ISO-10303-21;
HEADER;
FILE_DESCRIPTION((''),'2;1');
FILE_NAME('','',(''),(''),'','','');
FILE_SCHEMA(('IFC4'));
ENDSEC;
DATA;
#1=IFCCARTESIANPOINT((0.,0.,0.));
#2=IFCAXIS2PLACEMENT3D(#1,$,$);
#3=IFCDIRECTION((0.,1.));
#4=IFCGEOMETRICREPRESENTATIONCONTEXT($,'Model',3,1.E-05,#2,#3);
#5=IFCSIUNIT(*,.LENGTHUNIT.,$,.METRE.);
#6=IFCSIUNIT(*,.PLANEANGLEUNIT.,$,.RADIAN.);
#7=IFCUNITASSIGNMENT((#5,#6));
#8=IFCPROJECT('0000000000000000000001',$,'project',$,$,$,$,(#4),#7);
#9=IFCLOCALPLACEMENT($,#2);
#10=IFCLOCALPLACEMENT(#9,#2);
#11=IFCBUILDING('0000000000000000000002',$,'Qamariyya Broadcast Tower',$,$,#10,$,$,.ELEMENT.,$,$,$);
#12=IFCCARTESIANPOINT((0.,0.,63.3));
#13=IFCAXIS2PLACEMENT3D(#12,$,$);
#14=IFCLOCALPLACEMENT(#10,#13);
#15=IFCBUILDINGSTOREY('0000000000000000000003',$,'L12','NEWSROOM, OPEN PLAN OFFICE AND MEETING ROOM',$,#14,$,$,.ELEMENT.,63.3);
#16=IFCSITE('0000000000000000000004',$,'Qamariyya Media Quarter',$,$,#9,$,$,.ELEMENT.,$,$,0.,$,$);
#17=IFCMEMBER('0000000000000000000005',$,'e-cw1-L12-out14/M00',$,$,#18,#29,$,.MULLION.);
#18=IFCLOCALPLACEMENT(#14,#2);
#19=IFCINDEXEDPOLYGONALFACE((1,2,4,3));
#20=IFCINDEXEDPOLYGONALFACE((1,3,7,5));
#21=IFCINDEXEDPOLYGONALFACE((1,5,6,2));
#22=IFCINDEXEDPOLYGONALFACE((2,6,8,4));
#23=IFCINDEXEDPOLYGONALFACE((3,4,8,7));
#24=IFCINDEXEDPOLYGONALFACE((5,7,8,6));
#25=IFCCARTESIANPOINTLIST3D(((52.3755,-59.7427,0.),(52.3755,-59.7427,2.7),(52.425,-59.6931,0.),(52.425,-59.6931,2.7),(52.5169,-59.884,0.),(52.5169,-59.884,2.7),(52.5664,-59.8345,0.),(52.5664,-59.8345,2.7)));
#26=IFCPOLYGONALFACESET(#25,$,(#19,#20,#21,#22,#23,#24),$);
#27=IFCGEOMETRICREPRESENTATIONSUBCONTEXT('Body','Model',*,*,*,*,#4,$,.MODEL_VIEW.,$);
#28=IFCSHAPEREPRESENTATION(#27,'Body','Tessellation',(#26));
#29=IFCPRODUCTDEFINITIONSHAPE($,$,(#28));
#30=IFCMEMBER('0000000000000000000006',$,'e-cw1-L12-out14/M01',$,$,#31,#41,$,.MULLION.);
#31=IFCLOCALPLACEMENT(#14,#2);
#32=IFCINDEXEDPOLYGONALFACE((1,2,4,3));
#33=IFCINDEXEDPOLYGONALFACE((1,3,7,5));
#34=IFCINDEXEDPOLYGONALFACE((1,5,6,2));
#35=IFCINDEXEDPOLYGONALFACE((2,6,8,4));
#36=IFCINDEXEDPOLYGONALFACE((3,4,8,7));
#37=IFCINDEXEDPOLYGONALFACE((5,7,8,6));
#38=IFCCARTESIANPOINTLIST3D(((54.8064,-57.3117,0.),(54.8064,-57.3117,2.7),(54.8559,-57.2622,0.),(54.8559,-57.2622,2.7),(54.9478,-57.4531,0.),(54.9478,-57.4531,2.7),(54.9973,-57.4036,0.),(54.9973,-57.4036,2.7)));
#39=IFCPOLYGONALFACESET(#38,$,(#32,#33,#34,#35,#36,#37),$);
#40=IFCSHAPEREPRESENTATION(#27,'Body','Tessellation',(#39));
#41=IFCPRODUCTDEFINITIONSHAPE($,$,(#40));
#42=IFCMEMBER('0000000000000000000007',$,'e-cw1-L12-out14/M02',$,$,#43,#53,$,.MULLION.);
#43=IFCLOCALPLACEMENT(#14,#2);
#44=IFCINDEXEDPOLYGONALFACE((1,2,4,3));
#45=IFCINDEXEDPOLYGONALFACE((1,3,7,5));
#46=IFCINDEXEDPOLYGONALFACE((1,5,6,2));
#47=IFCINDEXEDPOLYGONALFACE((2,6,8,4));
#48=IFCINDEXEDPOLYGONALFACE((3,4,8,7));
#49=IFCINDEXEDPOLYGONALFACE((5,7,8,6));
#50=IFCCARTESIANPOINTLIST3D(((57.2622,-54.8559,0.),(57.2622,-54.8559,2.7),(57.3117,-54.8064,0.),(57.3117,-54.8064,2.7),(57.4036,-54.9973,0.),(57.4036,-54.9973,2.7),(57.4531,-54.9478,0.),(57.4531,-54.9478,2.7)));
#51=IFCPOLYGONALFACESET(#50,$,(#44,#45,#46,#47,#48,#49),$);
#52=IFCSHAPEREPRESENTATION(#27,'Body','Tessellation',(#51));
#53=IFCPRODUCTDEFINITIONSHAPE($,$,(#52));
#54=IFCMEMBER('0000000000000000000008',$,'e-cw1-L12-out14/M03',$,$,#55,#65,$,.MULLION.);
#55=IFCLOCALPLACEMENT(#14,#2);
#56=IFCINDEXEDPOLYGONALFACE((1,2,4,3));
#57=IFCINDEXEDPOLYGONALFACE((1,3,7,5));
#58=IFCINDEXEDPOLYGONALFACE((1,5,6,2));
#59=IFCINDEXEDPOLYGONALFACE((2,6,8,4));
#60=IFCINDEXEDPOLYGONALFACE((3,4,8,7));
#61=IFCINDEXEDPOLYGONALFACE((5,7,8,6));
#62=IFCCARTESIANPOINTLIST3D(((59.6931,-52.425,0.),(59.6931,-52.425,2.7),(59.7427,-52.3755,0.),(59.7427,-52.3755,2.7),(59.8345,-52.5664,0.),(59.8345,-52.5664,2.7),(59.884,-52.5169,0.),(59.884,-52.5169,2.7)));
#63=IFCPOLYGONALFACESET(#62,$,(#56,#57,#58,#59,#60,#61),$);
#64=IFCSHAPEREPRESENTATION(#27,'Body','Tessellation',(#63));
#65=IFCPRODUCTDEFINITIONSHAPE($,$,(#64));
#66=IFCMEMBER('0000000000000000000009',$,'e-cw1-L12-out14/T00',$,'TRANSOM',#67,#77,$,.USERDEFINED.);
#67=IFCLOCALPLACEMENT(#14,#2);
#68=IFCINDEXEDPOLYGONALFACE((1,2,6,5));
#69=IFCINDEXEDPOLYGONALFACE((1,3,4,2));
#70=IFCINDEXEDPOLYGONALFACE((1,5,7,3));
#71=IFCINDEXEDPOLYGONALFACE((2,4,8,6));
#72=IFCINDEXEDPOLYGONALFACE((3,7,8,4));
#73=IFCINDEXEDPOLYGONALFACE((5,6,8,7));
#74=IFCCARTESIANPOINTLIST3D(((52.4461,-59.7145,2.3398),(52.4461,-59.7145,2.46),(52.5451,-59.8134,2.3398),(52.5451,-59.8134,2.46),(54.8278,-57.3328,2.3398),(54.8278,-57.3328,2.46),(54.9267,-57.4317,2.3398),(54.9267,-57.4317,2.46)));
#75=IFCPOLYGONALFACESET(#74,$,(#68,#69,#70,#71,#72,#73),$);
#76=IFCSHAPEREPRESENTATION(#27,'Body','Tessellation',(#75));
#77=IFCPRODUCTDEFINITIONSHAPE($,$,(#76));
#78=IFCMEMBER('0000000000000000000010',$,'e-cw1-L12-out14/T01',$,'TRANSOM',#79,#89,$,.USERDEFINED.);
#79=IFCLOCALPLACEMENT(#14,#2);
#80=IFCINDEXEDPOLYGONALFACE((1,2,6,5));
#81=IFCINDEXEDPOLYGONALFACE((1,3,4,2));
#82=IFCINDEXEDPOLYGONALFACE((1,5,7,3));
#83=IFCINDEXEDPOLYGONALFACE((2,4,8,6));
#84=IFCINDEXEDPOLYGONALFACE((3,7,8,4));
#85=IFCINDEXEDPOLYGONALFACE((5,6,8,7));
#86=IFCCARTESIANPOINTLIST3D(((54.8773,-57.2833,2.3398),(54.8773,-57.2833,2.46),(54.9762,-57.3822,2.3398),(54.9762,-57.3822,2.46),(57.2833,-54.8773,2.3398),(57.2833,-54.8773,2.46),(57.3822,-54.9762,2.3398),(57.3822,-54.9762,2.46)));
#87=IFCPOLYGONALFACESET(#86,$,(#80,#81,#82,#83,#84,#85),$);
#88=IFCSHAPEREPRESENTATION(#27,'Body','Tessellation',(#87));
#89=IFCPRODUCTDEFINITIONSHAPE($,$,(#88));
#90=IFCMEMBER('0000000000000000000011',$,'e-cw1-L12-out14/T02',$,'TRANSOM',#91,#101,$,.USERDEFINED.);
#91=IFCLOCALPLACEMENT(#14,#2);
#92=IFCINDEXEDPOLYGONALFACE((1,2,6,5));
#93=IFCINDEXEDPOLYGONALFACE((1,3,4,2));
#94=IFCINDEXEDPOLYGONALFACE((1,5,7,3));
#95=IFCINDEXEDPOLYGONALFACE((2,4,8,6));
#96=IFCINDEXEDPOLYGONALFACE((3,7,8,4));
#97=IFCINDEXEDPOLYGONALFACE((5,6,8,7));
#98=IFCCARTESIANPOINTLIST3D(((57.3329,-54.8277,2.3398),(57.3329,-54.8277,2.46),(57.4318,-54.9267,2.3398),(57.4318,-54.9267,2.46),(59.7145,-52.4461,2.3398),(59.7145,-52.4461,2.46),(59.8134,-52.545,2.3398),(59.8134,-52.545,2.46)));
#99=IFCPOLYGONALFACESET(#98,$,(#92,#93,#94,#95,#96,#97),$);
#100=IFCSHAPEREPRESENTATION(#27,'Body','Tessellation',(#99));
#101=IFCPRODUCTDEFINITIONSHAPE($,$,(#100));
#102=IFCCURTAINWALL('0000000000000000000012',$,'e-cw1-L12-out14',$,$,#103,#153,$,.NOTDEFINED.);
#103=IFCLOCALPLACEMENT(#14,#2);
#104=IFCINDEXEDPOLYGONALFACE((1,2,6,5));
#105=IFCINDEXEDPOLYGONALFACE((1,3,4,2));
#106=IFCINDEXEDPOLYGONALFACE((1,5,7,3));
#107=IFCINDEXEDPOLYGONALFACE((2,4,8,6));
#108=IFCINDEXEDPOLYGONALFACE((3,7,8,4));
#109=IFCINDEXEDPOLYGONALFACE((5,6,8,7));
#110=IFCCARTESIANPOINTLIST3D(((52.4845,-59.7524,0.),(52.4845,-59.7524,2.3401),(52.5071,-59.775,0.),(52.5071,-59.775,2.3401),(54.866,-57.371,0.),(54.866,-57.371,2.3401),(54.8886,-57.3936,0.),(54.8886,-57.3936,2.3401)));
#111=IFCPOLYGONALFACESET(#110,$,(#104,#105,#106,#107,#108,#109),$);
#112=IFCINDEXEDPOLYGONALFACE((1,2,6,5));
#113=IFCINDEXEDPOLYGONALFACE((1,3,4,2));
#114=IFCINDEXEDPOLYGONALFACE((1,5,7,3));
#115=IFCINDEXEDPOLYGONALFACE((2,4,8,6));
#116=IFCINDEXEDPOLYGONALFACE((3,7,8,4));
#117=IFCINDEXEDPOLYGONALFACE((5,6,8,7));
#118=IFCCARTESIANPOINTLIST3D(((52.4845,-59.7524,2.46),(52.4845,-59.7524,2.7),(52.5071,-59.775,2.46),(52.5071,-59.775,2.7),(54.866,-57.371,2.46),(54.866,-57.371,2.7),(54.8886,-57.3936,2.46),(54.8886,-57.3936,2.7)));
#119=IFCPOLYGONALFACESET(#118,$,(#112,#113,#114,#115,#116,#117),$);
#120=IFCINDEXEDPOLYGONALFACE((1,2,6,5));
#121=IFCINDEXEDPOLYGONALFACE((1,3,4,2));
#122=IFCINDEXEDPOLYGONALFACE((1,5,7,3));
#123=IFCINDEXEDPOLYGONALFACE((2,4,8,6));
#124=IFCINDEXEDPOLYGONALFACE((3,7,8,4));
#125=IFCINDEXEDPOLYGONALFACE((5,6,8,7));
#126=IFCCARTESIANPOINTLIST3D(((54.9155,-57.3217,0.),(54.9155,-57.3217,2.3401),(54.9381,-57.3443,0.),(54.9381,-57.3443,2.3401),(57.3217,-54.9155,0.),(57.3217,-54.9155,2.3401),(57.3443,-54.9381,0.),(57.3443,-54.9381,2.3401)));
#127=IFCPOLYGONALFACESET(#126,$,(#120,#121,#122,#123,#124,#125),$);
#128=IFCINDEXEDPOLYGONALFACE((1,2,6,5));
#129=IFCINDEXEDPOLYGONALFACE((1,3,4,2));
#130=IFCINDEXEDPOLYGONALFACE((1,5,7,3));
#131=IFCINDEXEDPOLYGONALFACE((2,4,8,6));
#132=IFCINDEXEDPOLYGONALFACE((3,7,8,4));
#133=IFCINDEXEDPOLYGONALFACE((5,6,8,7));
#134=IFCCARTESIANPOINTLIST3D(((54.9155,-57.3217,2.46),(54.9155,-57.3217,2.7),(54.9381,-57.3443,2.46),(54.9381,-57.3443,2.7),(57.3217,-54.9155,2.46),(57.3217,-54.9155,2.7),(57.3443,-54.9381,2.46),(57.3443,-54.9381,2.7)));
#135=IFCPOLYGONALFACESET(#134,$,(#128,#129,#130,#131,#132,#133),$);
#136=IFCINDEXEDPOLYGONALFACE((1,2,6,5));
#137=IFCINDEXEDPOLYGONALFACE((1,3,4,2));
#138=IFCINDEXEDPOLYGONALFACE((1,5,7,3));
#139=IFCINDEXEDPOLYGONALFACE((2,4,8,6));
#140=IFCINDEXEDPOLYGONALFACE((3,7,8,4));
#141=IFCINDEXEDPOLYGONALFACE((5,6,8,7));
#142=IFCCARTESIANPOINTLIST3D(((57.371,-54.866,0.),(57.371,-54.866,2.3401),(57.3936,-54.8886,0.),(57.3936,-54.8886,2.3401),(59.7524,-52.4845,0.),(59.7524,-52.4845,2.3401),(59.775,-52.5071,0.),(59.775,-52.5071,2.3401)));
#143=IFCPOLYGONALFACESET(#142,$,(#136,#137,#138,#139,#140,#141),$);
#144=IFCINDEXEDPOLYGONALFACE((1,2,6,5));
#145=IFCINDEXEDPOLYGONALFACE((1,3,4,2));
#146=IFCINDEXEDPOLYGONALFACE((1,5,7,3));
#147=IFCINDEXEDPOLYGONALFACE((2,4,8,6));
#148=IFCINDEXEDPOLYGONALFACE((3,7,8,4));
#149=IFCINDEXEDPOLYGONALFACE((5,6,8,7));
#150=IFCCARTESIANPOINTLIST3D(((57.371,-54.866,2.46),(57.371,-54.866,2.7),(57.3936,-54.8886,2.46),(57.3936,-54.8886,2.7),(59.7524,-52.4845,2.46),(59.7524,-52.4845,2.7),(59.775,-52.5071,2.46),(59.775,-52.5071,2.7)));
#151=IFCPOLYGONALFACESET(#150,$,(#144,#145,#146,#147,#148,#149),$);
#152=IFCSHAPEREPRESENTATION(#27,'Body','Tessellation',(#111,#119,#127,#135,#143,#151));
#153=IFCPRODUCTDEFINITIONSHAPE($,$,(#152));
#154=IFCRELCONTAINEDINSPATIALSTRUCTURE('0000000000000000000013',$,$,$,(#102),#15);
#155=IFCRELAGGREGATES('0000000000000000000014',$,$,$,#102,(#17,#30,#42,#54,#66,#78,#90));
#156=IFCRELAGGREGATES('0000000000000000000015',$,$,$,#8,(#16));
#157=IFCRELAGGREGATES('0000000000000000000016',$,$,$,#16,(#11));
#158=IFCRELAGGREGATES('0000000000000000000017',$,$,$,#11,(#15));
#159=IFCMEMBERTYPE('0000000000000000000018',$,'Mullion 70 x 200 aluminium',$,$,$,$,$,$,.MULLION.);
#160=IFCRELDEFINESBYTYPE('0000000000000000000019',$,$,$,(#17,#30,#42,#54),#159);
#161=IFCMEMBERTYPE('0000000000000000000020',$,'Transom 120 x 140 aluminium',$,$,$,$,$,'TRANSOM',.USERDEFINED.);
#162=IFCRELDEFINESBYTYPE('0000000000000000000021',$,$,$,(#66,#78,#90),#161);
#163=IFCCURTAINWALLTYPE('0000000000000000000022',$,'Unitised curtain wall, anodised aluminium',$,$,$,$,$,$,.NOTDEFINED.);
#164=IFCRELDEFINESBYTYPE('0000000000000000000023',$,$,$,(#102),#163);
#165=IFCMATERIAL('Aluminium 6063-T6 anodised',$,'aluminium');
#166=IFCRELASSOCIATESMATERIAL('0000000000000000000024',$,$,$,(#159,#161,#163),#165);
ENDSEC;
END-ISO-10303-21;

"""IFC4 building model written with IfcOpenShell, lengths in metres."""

from ifc_helpers import new_model, si_unit, direction, frame, origin, origin_2d, place, context, subcontext, project, spatial, rectangle, extrude, material, material_profile, profile_set, type_object, element, aggregate, save


model = new_model("IFC4")

# Units and contexts
model_context = context("Model", 3, precision=1e-05, world=origin(), true_north=direction((0.0, 1.0)))
body_context = subcontext(model_context, "Body", "Model", "MODEL_VIEW")
ifc_project = project(units=[si_unit("LENGTHUNIT", "METRE"), si_unit("PLANEANGLEUNIT", "RADIAN")], contexts=[model_context])

# Members
ifc_material = material(Name="Aluminium 6063-T6 anodised", Category="aluminium")
ifc_material_profile_1 = material_profile(ifc_material, rectangle(XDim=0.2, YDim=0.0701, at=origin_2d()))
ifc_profile_set_1 = profile_set([ifc_material_profile_1], Name="Aluminium 6063-T6 anodised")
member_type_1 = type_object("IfcMemberType", Name="Mullion 70 x 200 aluminium", PredefinedType="MULLION", material=ifc_profile_set_1)
site_placement = place(None, origin())
building_placement = place(site_placement, origin())
storey_placement = place(building_placement, frame((0.0, 0.0, 63.3)))
member_1_placement = place(storey_placement, frame((52.4709, -59.7886, 0.0), z_axis=(0.0, 0.0, 1.0), x_axis=(-0.707107, 0.707107, 0.0)))
member_1 = element("IfcMember", 1, at=member_1_placement, type_object=member_type_1, Name="e-cw1-L12-out14/M00", PredefinedType="MULLION", context=body_context, shape_type="SweptSolid", body=[
    extrude(rectangle(XDim=0.2, YDim=0.0701, at=origin_2d()), origin(), (0.0, 0.0, 1.0), 2.7),
])
member_2_placement = place(storey_placement, frame((54.9019, -57.3577, 0.0), z_axis=(0.0, 0.0, 1.0), x_axis=(-0.707107, 0.707107, 0.0)))
member_2 = element("IfcMember", 2, at=member_2_placement, type_object=member_type_1, Name="e-cw1-L12-out14/M01", PredefinedType="MULLION", context=body_context, shape_type="SweptSolid", body=[
    extrude(rectangle(XDim=0.2, YDim=0.0701, at=origin_2d()), origin(), (0.0, 0.0, 1.0), 2.7),
])
member_3_placement = place(storey_placement, frame((57.3577, -54.9019, 0.0), z_axis=(0.0, 0.0, 1.0), x_axis=(-0.707107, 0.707107, 0.0)))
member_3 = element("IfcMember", 3, at=member_3_placement, type_object=member_type_1, Name="e-cw1-L12-out14/M02", PredefinedType="MULLION", context=body_context, shape_type="SweptSolid", body=[
    extrude(rectangle(XDim=0.2, YDim=0.0701, at=origin_2d()), origin(), (0.0, 0.0, 1.0), 2.7),
])
member_4_placement = place(storey_placement, frame((59.7886, -52.4709, 0.0), z_axis=(0.0, 0.0, 1.0), x_axis=(-0.707107, 0.707107, 0.0)))
member_4 = element("IfcMember", 4, at=member_4_placement, type_object=member_type_1, Name="e-cw1-L12-out14/M03", PredefinedType="MULLION", context=body_context, shape_type="SweptSolid", body=[
    extrude(rectangle(XDim=0.2, YDim=0.0701, at=origin_2d()), origin(), (0.0, 0.0, 1.0), 2.7),
])
ifc_material_profile_2 = material_profile(ifc_material, rectangle(XDim=0.1399, YDim=0.1201, at=origin_2d()))
ifc_profile_set_2 = profile_set([ifc_material_profile_2], Name="Aluminium 6063-T6 anodised")
member_type_2 = type_object("IfcMemberType", Name="Transom 120 x 140 aluminium", ElementType="TRANSOM", PredefinedType="USERDEFINED", material=ifc_profile_set_2)
member_5_placement = place(storey_placement, frame((52.4956, -59.7639, 2.3999), z_axis=(0.707107, 0.707107, 0.0), x_axis=(-0.707107, 0.707107, 0.0)))
member_5 = element("IfcMember", 5, at=member_5_placement, type_object=member_type_2, Name="e-cw1-L12-out14/T00", ObjectType="TRANSOM", PredefinedType="USERDEFINED", context=body_context, shape_type="SweptSolid", body=[
    extrude(rectangle(XDim=0.1399, YDim=0.1201, at=origin_2d()), origin(), (0.0, 0.0, 1.0), 3.3682),
])
member_6_placement = place(storey_placement, frame((54.9268, -57.3328, 2.3999), z_axis=(0.707107, 0.707107, 0.0), x_axis=(-0.707107, 0.707107, 0.0)))
member_6 = element("IfcMember", 6, at=member_6_placement, type_object=member_type_2, Name="e-cw1-L12-out14/T01", ObjectType="TRANSOM", PredefinedType="USERDEFINED", context=body_context, shape_type="SweptSolid", body=[
    extrude(rectangle(XDim=0.1399, YDim=0.1201, at=origin_2d()), origin(), (0.0, 0.0, 1.0), 3.4026),
])
member_7_placement = place(storey_placement, frame((57.3823, -54.8772, 2.3999), z_axis=(0.707107, 0.707107, 0.0), x_axis=(-0.707107, 0.707107, 0.0)))
member_7 = element("IfcMember", 7, at=member_7_placement, type_object=member_type_2, Name="e-cw1-L12-out14/T02", ObjectType="TRANSOM", PredefinedType="USERDEFINED", context=body_context, shape_type="SweptSolid", body=[
    extrude(rectangle(XDim=0.1399, YDim=0.1201, at=origin_2d()), origin(), (0.0, 0.0, 1.0), 3.3682),
])

# Site, building, storey
site = spatial("IfcSite", under=ifc_project, at=site_placement, Name="Qamariyya Media Quarter", CompositionType="ELEMENT", RefElevation=0.0)
building = spatial("IfcBuilding", under=site, at=building_placement, Name="Qamariyya Broadcast Tower", CompositionType="ELEMENT")
storey = spatial("IfcBuildingStorey", under=building, at=storey_placement, Name="L12", Description="NEWSROOM, OPEN PLAN OFFICE AND MEETING ROOM", CompositionType="ELEMENT", Elevation=63.3)

# Curtain wall
curtain_wall_type = type_object("IfcCurtainWallType", Name="Unitised curtain wall, anodised aluminium", PredefinedType="NOTDEFINED", material=ifc_material)
curtain_wall_1_placement = place(storey_placement, origin())
curtain_wall_1 = element("IfcCurtainWall", 8, at=curtain_wall_1_placement, inside=storey, type_object=curtain_wall_type, Name="e-cw1-L12-out14", PredefinedType="NOTDEFINED", context=body_context, shape_type="SweptSolid", body=[
    extrude(rectangle(XDim=3.3679, YDim=0.032, at=origin_2d()), frame((53.6865, -58.573, 0.0), x_axis=(0.707107, 0.707107, 0.0)), (0.0, 0.0, 1.0), 2.3401),
    extrude(rectangle(XDim=3.3679, YDim=0.032, at=origin_2d()), frame((53.6865, -58.573, 2.46), x_axis=(0.707107, 0.707107, 0.0)), (0.0, 0.0, 1.0), 0.24),
    extrude(rectangle(XDim=3.4028, YDim=0.032, at=origin_2d()), frame((56.1299, -56.1299, 0.0), x_axis=(0.707107, 0.707107, 0.0)), (0.0, 0.0, 1.0), 2.3401),
    extrude(rectangle(XDim=3.4028, YDim=0.032, at=origin_2d()), frame((56.1299, -56.1299, 2.46), x_axis=(0.707107, 0.707107, 0.0)), (0.0, 0.0, 1.0), 0.24),
    extrude(rectangle(XDim=3.3679, YDim=0.032, at=origin_2d()), frame((58.573, -53.6865, 0.0), x_axis=(0.707107, 0.707107, 0.0)), (0.0, 0.0, 1.0), 2.3401),
    extrude(rectangle(XDim=3.3679, YDim=0.032, at=origin_2d()), frame((58.573, -53.6865, 2.46), x_axis=(0.707107, 0.707107, 0.0)), (0.0, 0.0, 1.0), 0.24),
])
aggregate(curtain_wall_1, [member_1, member_2, member_3, member_4, member_5, member_6, member_7])

save(model, "model.ifc")
